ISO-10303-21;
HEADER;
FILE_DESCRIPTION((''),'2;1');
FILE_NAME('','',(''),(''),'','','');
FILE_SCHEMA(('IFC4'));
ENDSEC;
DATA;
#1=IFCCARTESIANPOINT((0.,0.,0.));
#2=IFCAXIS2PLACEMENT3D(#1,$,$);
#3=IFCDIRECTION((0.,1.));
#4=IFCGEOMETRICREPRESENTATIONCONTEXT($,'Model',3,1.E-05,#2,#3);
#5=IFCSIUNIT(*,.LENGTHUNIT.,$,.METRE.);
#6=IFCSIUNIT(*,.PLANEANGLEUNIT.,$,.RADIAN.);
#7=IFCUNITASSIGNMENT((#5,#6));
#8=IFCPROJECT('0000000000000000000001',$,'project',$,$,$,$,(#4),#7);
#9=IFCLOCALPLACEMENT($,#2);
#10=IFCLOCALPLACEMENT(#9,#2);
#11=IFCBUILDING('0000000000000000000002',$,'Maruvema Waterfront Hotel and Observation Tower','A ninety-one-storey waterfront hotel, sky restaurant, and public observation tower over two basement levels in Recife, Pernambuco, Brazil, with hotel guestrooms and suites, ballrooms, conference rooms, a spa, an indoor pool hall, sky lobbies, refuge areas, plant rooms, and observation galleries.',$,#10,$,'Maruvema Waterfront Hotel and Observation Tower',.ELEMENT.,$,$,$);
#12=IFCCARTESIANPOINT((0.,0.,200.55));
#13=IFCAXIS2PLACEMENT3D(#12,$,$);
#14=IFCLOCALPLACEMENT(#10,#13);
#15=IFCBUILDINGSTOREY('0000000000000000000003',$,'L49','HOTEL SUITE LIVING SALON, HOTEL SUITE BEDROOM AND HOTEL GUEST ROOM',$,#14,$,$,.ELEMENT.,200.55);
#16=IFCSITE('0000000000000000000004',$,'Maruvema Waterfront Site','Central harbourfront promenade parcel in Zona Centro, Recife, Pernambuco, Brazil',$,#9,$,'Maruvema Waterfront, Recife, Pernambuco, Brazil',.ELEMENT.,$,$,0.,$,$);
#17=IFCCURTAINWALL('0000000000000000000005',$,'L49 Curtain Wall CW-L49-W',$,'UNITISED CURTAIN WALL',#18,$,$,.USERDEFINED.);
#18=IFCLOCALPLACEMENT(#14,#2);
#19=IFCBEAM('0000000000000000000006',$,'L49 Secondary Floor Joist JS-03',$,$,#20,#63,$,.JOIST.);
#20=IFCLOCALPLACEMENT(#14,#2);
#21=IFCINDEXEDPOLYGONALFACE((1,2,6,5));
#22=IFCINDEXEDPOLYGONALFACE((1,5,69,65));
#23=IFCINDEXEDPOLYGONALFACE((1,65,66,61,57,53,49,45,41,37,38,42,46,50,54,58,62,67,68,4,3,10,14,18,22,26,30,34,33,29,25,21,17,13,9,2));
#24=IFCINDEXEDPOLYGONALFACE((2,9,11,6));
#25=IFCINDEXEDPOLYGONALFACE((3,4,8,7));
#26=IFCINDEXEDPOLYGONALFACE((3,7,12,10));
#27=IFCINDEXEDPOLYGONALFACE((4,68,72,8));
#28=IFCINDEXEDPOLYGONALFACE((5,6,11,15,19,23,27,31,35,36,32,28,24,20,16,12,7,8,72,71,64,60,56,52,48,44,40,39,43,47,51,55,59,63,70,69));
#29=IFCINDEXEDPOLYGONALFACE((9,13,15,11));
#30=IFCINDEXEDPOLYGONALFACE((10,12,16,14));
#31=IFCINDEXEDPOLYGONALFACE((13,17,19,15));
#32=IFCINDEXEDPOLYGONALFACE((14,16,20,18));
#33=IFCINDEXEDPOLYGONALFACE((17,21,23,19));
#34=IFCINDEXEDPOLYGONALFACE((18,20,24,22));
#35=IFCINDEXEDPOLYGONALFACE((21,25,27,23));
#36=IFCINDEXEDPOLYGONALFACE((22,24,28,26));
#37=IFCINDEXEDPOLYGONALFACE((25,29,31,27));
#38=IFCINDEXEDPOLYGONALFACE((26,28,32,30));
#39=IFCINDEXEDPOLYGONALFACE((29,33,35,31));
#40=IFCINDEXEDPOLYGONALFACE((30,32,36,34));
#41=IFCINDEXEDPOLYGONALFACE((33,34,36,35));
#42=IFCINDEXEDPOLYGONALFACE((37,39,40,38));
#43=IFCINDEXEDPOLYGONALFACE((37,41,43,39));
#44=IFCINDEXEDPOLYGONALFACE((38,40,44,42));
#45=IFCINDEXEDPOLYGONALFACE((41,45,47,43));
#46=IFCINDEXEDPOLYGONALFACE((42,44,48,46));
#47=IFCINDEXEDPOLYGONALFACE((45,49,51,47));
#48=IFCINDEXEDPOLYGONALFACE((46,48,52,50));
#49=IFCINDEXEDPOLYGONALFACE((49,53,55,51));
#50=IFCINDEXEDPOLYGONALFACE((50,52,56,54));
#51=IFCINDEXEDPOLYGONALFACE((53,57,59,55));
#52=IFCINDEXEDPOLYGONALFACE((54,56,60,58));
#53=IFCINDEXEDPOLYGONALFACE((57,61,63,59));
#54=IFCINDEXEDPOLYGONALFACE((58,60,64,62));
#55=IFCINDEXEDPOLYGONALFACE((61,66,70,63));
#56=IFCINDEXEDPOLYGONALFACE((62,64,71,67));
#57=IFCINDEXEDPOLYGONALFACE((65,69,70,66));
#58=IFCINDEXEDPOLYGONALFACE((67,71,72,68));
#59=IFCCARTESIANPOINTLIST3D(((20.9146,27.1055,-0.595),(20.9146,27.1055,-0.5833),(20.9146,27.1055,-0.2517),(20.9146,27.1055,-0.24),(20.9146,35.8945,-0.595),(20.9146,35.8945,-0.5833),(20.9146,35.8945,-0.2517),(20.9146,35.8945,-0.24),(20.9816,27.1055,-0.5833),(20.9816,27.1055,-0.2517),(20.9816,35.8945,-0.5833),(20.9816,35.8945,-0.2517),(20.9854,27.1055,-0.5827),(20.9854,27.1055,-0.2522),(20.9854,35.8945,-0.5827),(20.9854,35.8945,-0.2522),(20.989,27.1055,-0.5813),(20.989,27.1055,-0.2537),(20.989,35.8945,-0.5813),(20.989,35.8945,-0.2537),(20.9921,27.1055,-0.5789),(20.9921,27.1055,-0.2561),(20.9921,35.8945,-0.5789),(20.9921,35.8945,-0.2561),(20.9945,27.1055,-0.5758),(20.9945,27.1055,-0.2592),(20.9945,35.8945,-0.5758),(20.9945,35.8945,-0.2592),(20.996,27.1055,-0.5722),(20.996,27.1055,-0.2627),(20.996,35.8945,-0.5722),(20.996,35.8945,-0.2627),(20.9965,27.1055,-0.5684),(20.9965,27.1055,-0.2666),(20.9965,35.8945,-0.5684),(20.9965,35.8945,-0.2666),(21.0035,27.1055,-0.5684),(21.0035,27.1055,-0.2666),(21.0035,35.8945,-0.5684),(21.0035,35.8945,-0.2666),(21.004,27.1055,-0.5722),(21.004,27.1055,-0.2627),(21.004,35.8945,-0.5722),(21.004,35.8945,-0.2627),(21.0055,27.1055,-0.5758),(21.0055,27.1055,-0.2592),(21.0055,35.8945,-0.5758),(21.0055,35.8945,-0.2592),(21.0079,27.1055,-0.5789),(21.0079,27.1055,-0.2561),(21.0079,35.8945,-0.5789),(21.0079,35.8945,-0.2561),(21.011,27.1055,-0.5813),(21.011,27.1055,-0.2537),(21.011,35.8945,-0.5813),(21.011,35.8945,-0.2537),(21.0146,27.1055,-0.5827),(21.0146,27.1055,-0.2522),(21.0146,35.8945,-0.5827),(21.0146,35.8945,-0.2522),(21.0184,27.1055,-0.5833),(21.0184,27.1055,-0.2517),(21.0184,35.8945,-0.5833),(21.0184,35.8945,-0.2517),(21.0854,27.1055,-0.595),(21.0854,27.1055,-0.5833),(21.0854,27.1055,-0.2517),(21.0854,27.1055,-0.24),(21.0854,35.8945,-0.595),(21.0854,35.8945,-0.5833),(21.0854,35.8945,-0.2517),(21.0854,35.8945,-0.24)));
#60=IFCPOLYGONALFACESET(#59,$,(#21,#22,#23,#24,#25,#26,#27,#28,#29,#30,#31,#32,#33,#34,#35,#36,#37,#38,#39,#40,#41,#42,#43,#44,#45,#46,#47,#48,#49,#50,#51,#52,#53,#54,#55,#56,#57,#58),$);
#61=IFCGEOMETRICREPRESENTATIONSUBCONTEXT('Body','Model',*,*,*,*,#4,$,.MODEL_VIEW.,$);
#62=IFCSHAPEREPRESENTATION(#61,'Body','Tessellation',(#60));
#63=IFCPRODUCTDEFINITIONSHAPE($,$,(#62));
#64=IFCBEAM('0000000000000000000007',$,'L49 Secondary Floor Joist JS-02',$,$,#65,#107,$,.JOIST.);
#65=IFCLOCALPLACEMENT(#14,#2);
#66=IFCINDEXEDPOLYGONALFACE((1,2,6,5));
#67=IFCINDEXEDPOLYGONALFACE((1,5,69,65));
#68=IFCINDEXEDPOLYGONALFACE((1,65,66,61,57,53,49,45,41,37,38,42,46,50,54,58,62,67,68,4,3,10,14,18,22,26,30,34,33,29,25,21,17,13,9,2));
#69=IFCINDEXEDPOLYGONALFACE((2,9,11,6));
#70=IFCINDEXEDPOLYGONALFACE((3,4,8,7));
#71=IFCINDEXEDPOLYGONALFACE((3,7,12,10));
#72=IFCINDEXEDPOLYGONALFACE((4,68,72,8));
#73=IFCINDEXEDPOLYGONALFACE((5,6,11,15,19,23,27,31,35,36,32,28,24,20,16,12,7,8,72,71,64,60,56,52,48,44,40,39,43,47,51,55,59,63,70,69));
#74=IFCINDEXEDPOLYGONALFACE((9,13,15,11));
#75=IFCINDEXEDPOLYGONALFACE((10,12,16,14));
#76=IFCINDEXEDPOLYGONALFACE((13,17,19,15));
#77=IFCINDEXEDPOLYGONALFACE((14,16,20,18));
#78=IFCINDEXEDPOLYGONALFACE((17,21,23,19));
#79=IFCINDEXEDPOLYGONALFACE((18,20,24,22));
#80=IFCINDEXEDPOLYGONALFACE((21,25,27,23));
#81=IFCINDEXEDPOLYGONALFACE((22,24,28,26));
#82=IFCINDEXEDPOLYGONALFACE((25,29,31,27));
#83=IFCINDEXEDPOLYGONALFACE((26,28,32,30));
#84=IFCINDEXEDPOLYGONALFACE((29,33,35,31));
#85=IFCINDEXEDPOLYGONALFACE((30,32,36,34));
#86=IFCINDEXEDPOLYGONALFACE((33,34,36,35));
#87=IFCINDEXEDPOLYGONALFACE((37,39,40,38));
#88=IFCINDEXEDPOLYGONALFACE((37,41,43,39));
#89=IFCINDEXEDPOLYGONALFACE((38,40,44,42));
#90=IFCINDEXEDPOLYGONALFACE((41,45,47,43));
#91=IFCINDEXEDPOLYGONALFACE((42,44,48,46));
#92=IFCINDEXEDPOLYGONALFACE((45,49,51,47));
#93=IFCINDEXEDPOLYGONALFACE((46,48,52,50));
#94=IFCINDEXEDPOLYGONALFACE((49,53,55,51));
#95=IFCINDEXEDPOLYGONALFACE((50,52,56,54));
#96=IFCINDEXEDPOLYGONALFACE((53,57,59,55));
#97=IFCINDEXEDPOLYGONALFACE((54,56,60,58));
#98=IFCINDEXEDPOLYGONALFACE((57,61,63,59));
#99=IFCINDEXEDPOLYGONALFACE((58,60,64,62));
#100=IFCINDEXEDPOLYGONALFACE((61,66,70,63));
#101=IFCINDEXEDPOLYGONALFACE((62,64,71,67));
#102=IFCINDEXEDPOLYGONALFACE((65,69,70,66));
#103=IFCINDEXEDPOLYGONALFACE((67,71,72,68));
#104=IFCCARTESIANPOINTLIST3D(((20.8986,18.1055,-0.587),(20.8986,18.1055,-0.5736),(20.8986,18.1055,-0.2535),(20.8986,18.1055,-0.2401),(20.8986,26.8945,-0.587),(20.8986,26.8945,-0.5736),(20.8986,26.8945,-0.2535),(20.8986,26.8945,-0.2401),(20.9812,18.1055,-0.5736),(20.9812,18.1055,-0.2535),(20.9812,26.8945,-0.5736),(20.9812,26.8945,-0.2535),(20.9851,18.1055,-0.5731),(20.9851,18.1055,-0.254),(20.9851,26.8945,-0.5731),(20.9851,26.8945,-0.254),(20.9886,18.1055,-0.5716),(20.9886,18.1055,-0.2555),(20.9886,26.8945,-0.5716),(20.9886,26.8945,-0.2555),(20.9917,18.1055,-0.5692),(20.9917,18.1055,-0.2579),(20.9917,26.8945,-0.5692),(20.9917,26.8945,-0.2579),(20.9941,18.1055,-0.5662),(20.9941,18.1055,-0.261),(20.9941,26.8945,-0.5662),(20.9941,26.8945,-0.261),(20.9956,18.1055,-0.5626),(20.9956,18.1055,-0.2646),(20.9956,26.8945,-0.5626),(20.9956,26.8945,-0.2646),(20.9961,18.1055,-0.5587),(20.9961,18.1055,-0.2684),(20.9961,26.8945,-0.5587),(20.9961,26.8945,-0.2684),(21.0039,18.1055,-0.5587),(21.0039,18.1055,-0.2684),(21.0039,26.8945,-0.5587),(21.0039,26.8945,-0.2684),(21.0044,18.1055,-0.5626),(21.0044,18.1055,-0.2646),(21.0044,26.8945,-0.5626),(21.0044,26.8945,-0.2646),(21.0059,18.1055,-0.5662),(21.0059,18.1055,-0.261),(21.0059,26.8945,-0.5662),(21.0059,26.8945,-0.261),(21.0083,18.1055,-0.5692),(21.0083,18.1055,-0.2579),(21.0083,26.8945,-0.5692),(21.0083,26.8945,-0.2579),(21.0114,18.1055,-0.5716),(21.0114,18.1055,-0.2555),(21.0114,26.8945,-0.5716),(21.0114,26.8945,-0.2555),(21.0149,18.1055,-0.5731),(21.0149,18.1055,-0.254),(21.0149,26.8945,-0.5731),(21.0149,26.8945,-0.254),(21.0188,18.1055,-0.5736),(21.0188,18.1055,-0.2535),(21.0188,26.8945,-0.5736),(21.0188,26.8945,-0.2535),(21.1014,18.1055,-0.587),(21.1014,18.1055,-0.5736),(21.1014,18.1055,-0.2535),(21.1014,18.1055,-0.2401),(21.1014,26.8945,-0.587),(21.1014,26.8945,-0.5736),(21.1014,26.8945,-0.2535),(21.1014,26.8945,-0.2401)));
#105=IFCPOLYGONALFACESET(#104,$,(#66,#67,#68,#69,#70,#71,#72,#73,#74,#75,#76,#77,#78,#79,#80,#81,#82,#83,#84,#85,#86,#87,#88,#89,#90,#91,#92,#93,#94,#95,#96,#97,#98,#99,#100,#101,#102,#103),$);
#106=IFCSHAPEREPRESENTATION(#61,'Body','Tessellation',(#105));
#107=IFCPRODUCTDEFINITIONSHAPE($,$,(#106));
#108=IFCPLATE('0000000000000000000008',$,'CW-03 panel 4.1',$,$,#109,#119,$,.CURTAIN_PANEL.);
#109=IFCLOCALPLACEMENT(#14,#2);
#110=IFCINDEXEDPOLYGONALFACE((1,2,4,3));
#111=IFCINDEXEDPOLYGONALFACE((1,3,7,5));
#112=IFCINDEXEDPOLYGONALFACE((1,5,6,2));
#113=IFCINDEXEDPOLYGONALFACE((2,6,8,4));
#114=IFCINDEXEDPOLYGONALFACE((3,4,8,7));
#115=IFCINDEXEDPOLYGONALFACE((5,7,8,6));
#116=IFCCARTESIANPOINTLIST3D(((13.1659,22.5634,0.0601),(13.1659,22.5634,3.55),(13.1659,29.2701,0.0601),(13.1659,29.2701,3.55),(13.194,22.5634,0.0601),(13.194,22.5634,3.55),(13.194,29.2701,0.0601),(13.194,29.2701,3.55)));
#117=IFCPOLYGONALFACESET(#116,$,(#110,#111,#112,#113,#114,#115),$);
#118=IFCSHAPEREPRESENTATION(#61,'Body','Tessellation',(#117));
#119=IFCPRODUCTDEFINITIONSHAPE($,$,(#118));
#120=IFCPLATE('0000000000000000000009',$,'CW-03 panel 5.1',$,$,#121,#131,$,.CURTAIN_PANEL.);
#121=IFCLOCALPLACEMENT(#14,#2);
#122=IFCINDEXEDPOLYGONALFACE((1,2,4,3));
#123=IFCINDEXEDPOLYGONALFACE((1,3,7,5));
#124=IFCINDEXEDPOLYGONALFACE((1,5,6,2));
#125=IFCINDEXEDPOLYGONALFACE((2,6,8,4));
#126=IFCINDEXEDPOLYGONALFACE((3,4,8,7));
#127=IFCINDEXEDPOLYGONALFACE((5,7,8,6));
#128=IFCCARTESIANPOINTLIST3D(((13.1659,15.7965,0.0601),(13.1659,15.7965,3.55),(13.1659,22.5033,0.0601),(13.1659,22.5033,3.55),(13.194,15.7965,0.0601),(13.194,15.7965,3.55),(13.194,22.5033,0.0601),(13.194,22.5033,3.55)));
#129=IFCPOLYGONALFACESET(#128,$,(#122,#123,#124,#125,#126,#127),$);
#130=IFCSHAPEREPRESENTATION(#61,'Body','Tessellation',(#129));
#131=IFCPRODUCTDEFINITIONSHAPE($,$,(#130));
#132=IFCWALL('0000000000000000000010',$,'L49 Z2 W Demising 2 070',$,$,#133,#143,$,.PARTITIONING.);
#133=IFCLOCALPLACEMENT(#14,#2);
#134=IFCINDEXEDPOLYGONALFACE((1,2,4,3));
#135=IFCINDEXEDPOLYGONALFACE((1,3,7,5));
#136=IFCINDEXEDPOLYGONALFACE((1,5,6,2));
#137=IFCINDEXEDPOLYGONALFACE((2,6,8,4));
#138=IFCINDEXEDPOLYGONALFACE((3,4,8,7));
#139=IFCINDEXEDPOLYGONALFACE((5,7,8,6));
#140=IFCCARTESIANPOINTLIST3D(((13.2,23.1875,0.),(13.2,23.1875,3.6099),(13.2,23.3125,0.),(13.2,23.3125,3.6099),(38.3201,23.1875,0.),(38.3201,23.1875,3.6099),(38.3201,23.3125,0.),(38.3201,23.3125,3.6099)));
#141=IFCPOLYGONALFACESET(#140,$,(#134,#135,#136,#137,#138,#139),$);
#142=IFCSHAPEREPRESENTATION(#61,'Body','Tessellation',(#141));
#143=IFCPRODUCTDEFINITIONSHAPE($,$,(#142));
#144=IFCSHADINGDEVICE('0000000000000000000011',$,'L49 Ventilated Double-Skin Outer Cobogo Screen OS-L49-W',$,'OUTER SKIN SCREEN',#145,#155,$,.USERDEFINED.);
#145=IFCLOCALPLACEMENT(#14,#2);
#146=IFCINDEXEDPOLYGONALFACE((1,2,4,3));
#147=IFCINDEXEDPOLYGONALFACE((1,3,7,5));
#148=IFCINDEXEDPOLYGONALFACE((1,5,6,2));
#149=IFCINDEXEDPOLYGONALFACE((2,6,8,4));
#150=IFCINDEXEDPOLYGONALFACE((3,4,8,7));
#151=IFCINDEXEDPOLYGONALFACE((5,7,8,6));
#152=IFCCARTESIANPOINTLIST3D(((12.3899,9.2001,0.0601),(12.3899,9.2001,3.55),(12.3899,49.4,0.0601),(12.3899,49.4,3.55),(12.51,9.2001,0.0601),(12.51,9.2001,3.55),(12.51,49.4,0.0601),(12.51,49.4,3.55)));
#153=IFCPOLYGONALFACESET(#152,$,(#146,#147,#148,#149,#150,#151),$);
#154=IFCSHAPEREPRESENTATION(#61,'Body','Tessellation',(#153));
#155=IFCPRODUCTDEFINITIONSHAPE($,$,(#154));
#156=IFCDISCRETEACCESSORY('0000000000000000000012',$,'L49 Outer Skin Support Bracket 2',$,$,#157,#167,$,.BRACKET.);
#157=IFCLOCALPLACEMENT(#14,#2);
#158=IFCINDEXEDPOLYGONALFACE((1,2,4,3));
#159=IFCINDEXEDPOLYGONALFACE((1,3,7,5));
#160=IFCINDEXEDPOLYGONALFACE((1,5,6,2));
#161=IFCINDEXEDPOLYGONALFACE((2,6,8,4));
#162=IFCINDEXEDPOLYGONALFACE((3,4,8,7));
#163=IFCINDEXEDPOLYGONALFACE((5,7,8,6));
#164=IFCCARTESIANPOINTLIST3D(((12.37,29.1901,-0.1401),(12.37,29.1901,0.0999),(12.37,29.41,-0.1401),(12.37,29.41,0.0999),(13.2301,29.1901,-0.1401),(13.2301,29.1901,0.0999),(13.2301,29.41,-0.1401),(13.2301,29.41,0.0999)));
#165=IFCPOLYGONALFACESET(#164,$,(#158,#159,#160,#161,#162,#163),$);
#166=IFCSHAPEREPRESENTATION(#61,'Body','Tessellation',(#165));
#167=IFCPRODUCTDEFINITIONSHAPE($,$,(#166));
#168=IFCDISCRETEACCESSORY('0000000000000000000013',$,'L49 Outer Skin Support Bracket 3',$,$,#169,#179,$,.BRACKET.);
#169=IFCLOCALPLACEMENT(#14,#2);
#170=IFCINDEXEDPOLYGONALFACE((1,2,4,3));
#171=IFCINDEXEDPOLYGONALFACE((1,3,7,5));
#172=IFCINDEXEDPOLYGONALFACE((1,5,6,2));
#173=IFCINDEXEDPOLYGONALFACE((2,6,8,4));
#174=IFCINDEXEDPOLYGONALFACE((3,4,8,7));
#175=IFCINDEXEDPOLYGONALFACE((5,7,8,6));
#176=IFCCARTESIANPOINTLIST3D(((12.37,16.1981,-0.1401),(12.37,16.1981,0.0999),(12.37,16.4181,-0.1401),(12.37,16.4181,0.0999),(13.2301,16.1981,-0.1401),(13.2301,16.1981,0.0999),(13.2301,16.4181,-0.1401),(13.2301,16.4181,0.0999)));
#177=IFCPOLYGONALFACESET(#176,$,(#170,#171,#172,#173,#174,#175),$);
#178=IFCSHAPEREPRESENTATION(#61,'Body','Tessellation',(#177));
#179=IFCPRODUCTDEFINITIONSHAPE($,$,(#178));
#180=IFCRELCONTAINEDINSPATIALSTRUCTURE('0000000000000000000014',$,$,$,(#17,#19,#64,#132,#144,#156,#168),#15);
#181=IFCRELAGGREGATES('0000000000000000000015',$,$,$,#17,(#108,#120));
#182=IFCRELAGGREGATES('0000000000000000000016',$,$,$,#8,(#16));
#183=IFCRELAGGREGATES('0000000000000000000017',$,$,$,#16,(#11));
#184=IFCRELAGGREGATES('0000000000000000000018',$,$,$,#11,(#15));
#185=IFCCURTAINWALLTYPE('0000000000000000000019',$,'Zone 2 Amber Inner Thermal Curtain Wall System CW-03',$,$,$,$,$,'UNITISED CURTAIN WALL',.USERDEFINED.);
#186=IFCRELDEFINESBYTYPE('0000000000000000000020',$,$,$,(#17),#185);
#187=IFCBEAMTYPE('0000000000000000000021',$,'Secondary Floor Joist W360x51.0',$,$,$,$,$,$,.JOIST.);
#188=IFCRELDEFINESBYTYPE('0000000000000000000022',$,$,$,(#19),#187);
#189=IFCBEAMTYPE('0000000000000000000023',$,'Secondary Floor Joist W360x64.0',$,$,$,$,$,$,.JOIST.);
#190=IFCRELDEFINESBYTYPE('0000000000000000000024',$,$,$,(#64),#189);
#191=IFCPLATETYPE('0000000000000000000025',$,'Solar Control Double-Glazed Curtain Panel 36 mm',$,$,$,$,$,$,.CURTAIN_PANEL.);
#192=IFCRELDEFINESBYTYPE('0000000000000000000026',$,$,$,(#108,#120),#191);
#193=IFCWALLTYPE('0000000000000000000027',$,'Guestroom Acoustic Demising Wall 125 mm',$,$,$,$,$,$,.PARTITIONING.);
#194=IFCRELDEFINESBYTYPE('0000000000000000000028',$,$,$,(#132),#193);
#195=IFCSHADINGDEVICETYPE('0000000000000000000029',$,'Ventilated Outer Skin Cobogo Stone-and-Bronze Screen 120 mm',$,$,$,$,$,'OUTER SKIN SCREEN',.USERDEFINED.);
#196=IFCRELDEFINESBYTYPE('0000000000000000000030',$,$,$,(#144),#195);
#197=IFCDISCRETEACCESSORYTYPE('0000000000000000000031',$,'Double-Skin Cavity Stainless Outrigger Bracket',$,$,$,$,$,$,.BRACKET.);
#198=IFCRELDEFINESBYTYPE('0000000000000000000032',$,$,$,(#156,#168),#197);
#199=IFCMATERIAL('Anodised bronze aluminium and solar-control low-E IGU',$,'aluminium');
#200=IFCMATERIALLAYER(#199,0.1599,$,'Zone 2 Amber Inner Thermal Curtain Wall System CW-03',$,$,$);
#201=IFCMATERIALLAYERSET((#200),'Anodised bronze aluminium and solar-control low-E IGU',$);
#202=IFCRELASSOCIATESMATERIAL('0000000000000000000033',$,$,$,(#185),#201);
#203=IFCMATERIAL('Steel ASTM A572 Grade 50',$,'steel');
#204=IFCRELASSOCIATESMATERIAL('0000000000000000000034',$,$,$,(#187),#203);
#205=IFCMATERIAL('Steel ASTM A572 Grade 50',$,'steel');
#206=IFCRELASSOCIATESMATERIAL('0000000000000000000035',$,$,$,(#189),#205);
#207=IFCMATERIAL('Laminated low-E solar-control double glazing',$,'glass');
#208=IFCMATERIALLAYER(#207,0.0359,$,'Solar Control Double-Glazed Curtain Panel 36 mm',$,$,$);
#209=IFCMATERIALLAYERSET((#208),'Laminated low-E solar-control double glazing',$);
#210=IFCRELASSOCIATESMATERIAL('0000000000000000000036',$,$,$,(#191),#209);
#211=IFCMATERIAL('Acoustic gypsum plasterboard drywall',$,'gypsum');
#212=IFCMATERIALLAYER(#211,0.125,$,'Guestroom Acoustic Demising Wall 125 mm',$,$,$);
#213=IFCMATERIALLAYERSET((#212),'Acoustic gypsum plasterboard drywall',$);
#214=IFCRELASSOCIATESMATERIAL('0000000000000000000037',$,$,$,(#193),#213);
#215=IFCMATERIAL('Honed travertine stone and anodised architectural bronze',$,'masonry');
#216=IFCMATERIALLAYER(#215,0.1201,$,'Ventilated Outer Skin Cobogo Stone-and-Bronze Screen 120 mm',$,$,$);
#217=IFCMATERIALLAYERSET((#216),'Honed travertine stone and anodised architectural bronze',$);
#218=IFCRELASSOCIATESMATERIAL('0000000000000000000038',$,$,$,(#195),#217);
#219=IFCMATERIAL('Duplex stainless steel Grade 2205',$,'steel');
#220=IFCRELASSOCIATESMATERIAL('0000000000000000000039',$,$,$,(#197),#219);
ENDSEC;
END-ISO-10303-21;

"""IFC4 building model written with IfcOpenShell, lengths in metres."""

from ifc_helpers import new_model, si_unit, direction, frame, frame_2d, origin, origin_2d, place, context, subcontext, project, spatial, rectangle, i_section, extrude, material, layer, layer_set, material_profile, profile_set, type_object, element, aggregate, save


model = new_model("IFC4")

# Units and contexts
model_context = context("Model", 3, precision=1e-05, world=origin(), true_north=direction((0.0, 1.0)))
body_context = subcontext(model_context, "Body", "Model", "MODEL_VIEW")
ifc_project = project(units=[si_unit("LENGTHUNIT", "METRE"), si_unit("PLANEANGLEUNIT", "RADIAN")], contexts=[model_context])

# Site, building, storey
site_placement = place(None, origin())
site = spatial("IfcSite", under=ifc_project, at=site_placement, Name="Maruvema Waterfront Site", Description="Central harbourfront promenade parcel in Zona Centro, Recife, Pernambuco, Brazil", LongName="Maruvema Waterfront, Recife, Pernambuco, Brazil", CompositionType="ELEMENT", RefElevation=0.0)
building_placement = place(site_placement, origin())
building = spatial("IfcBuilding", under=site, at=building_placement, Name="Maruvema Waterfront Hotel and Observation Tower", Description="A ninety-one-storey waterfront hotel, sky restaurant, and public observation tower over two basement levels in Recife, Pernambuco, Brazil, with hotel guestrooms and suites, ballrooms, conference rooms, a spa, an indoor pool hall, sky lobbies, refuge areas, plant rooms, and observation galleries.", LongName="Maruvema Waterfront Hotel and Observation Tower", CompositionType="ELEMENT")
storey_placement = place(building_placement, frame((0.0, 0.0, 200.55)))
storey = spatial("IfcBuildingStorey", under=building, at=storey_placement, Name="L49", Description="HOTEL SUITE LIVING SALON, HOTEL SUITE BEDROOM AND HOTEL GUEST ROOM", CompositionType="ELEMENT", Elevation=200.55)

# Curtain wall
ifc_material_1 = material(Name="Anodised bronze aluminium and solar-control low-E IGU", Category="aluminium")
ifc_layer_1 = layer(ifc_material_1, 0.1599, Name="Zone 2 Amber Inner Thermal Curtain Wall System CW-03")
ifc_layer_set_1 = layer_set([ifc_layer_1], Name="Anodised bronze aluminium and solar-control low-E IGU")
curtain_wall_type = type_object("IfcCurtainWallType", Name="Zone 2 Amber Inner Thermal Curtain Wall System CW-03", ElementType="UNITISED CURTAIN WALL", PredefinedType="USERDEFINED", material=ifc_layer_set_1)
curtain_wall_placement = place(storey_placement, origin())
curtain_wall = element("IfcCurtainWall", 1, at=curtain_wall_placement, inside=storey, type_object=curtain_wall_type, Name="L49 Curtain Wall CW-L49-W", ObjectType="UNITISED CURTAIN WALL", PredefinedType="USERDEFINED")

# Beams
ifc_material_2 = material(Name="Steel ASTM A572 Grade 50", Category="steel")
ifc_material_profile_1 = material_profile(ifc_material_2, i_section(OverallWidth=0.1709, OverallDepth=0.355, WebThickness=0.0071, FlangeThickness=0.0117, FilletRadius=0.0149, at=origin_2d()), Name="W360x51.0")
ifc_profile_set_1 = profile_set([ifc_material_profile_1], Name="Steel ASTM A572 Grade 50")
beam_type_1 = type_object("IfcBeamType", Name="Secondary Floor Joist W360x51.0", PredefinedType="JOIST", material=ifc_profile_set_1)
beam_1_placement = place(storey_placement, frame((21.0, 27.1055, -0.4175), z_axis=(0.0, 1.0, 0.0), x_axis=(-1.0, 0.0, 0.0)))
element("IfcBeam", 2, at=beam_1_placement, inside=storey, type_object=beam_type_1, Name="L49 Secondary Floor Joist JS-03", PredefinedType="JOIST", context=body_context, shape_type="SweptSolid", body=[
    extrude(i_section(OverallWidth=0.1709, OverallDepth=0.355, WebThickness=0.0071, FlangeThickness=0.0117, FilletRadius=0.0149, at=origin_2d()), origin(), (0.0, 0.0, 1.0), 8.7891),
])
ifc_material_3 = material(Name="Steel ASTM A572 Grade 50", Category="steel")
ifc_material_profile_2 = material_profile(ifc_material_3, i_section(OverallWidth=0.2029, OverallDepth=0.3469, WebThickness=0.0078, FlangeThickness=0.0134, FilletRadius=0.0149, at=origin_2d()), Name="W360x64.0")
ifc_profile_set_2 = profile_set([ifc_material_profile_2], Name="Steel ASTM A572 Grade 50")
beam_type_2 = type_object("IfcBeamType", Name="Secondary Floor Joist W360x64.0", PredefinedType="JOIST", material=ifc_profile_set_2)
beam_2_placement = place(storey_placement, frame((21.0, 18.1055, -0.4136), z_axis=(0.0, 1.0, 0.0), x_axis=(-1.0, 0.0, 0.0)))
element("IfcBeam", 3, at=beam_2_placement, inside=storey, type_object=beam_type_2, Name="L49 Secondary Floor Joist JS-02", PredefinedType="JOIST", context=body_context, shape_type="SweptSolid", body=[
    extrude(i_section(OverallWidth=0.2029, OverallDepth=0.3469, WebThickness=0.0078, FlangeThickness=0.0134, FilletRadius=0.0149, at=origin_2d()), origin(), (0.0, 0.0, 1.0), 8.7891),
])

# Plates
ifc_material_4 = material(Name="Laminated low-E solar-control double glazing", Category="glass")
ifc_layer_2 = layer(ifc_material_4, 0.0359, Name="Solar Control Double-Glazed Curtain Panel 36 mm")
ifc_layer_set_2 = layer_set([ifc_layer_2], Name="Laminated low-E solar-control double glazing")
plate_type = type_object("IfcPlateType", Name="Solar Control Double-Glazed Curtain Panel 36 mm", PredefinedType="CURTAIN_PANEL", material=ifc_layer_set_2)
plate_1_placement = place(storey_placement, frame((13.1799, 25.9167, 0.0601), z_axis=(0.0, 0.0, 1.0), x_axis=(0.0, -1.0, 0.0)))
plate_1 = element("IfcPlate", 4, at=plate_1_placement, type_object=plate_type, Name="CW-03 panel 4.1", PredefinedType="CURTAIN_PANEL", context=body_context, shape_type="SweptSolid", body=[
    extrude(rectangle(XDim=6.7068, YDim=0.0281, at=origin_2d()), origin(), (0.0, 0.0, 1.0), 3.49),
])
plate_2_placement = place(storey_placement, frame((13.1799, 19.1499, 0.0601), z_axis=(0.0, 0.0, 1.0), x_axis=(0.0, -1.0, 0.0)))
plate_2 = element("IfcPlate", 5, at=plate_2_placement, type_object=plate_type, Name="CW-03 panel 5.1", PredefinedType="CURTAIN_PANEL", context=body_context, shape_type="SweptSolid", body=[
    extrude(rectangle(XDim=6.7068, YDim=0.0281, at=origin_2d()), origin(), (0.0, 0.0, 1.0), 3.49),
])
aggregate(curtain_wall, [plate_1, plate_2])

# Wall
ifc_material_5 = material(Name="Acoustic gypsum plasterboard drywall", Category="gypsum")
ifc_layer_3 = layer(ifc_material_5, 0.125, Name="Guestroom Acoustic Demising Wall 125 mm")
ifc_layer_set_3 = layer_set([ifc_layer_3], Name="Acoustic gypsum plasterboard drywall")
wall_type = type_object("IfcWallType", Name="Guestroom Acoustic Demising Wall 125 mm", PredefinedType="PARTITIONING", material=ifc_layer_set_3)
wall_placement = place(storey_placement, frame((13.2, 23.25, 0.0), z_axis=(0.0, 0.0, 1.0), x_axis=(1.0, 0.0, 0.0)))
element("IfcWall", 6, at=wall_placement, inside=storey, type_object=wall_type, Name="L49 Z2 W Demising 2 070", PredefinedType="PARTITIONING", context=body_context, shape_type="SweptSolid", body=[
    extrude(rectangle(XDim=25.1201, YDim=0.125, at=frame_2d((12.5601, 0.0))), origin(), (0.0, 0.0, 1.0), 3.6099),
])

# Shading device
ifc_material_6 = material(Name="Honed travertine stone and anodised architectural bronze", Category="masonry")
ifc_layer_4 = layer(ifc_material_6, 0.1201, Name="Ventilated Outer Skin Cobogo Stone-and-Bronze Screen 120 mm")
ifc_layer_set_4 = layer_set([ifc_layer_4], Name="Honed travertine stone and anodised architectural bronze")
shading_device_type = type_object("IfcShadingDeviceType", Name="Ventilated Outer Skin Cobogo Stone-and-Bronze Screen 120 mm", ElementType="OUTER SKIN SCREEN", PredefinedType="USERDEFINED", material=ifc_layer_set_4)
shading_device_placement = place(storey_placement, frame((12.45, 29.3, 0.0601), z_axis=(0.0, 0.0, 1.0), x_axis=(0.0, -1.0, 0.0)))
element("IfcShadingDevice", 7, at=shading_device_placement, inside=storey, type_object=shading_device_type, Name="L49 Ventilated Double-Skin Outer Cobogo Screen OS-L49-W", ObjectType="OUTER SKIN SCREEN", PredefinedType="USERDEFINED", context=body_context, shape_type="SweptSolid", body=[
    extrude(rectangle(XDim=40.2, YDim=0.1201, at=origin_2d()), origin(), (0.0, 0.0, 1.0), 3.49),
])

# Discrete accessories
ifc_material_7 = material(Name="Duplex stainless steel Grade 2205", Category="steel")
discrete_accessory_type = type_object("IfcDiscreteAccessoryType", Name="Double-Skin Cavity Stainless Outrigger Bracket", PredefinedType="BRACKET", material=ifc_material_7)
for number, where, z_axis, x_axis, name in (
    (8, (12.8, 29.3, -0.1401), (0.0, 0.0, 1.0), (0.0, -1.0, 0.0), "L49 Outer Skin Support Bracket 2"),
    (9, (12.8, 16.3081, -0.1401), (0.0, 0.0, 1.0), (0.0, -1.0, 0.0), "L49 Outer Skin Support Bracket 3"),
):
    element("IfcDiscreteAccessory", number, at=place(storey_placement, frame(where, z_axis=z_axis, x_axis=x_axis)), inside=storey, type_object=discrete_accessory_type, Name=name, PredefinedType="BRACKET", context=body_context, shape_type="SweptSolid", body=[
        extrude(rectangle(XDim=0.22, YDim=0.8601, at=origin_2d()), origin(), (0.0, 0.0, 1.0), 0.24),
    ])

save(model, "model.ifc")
